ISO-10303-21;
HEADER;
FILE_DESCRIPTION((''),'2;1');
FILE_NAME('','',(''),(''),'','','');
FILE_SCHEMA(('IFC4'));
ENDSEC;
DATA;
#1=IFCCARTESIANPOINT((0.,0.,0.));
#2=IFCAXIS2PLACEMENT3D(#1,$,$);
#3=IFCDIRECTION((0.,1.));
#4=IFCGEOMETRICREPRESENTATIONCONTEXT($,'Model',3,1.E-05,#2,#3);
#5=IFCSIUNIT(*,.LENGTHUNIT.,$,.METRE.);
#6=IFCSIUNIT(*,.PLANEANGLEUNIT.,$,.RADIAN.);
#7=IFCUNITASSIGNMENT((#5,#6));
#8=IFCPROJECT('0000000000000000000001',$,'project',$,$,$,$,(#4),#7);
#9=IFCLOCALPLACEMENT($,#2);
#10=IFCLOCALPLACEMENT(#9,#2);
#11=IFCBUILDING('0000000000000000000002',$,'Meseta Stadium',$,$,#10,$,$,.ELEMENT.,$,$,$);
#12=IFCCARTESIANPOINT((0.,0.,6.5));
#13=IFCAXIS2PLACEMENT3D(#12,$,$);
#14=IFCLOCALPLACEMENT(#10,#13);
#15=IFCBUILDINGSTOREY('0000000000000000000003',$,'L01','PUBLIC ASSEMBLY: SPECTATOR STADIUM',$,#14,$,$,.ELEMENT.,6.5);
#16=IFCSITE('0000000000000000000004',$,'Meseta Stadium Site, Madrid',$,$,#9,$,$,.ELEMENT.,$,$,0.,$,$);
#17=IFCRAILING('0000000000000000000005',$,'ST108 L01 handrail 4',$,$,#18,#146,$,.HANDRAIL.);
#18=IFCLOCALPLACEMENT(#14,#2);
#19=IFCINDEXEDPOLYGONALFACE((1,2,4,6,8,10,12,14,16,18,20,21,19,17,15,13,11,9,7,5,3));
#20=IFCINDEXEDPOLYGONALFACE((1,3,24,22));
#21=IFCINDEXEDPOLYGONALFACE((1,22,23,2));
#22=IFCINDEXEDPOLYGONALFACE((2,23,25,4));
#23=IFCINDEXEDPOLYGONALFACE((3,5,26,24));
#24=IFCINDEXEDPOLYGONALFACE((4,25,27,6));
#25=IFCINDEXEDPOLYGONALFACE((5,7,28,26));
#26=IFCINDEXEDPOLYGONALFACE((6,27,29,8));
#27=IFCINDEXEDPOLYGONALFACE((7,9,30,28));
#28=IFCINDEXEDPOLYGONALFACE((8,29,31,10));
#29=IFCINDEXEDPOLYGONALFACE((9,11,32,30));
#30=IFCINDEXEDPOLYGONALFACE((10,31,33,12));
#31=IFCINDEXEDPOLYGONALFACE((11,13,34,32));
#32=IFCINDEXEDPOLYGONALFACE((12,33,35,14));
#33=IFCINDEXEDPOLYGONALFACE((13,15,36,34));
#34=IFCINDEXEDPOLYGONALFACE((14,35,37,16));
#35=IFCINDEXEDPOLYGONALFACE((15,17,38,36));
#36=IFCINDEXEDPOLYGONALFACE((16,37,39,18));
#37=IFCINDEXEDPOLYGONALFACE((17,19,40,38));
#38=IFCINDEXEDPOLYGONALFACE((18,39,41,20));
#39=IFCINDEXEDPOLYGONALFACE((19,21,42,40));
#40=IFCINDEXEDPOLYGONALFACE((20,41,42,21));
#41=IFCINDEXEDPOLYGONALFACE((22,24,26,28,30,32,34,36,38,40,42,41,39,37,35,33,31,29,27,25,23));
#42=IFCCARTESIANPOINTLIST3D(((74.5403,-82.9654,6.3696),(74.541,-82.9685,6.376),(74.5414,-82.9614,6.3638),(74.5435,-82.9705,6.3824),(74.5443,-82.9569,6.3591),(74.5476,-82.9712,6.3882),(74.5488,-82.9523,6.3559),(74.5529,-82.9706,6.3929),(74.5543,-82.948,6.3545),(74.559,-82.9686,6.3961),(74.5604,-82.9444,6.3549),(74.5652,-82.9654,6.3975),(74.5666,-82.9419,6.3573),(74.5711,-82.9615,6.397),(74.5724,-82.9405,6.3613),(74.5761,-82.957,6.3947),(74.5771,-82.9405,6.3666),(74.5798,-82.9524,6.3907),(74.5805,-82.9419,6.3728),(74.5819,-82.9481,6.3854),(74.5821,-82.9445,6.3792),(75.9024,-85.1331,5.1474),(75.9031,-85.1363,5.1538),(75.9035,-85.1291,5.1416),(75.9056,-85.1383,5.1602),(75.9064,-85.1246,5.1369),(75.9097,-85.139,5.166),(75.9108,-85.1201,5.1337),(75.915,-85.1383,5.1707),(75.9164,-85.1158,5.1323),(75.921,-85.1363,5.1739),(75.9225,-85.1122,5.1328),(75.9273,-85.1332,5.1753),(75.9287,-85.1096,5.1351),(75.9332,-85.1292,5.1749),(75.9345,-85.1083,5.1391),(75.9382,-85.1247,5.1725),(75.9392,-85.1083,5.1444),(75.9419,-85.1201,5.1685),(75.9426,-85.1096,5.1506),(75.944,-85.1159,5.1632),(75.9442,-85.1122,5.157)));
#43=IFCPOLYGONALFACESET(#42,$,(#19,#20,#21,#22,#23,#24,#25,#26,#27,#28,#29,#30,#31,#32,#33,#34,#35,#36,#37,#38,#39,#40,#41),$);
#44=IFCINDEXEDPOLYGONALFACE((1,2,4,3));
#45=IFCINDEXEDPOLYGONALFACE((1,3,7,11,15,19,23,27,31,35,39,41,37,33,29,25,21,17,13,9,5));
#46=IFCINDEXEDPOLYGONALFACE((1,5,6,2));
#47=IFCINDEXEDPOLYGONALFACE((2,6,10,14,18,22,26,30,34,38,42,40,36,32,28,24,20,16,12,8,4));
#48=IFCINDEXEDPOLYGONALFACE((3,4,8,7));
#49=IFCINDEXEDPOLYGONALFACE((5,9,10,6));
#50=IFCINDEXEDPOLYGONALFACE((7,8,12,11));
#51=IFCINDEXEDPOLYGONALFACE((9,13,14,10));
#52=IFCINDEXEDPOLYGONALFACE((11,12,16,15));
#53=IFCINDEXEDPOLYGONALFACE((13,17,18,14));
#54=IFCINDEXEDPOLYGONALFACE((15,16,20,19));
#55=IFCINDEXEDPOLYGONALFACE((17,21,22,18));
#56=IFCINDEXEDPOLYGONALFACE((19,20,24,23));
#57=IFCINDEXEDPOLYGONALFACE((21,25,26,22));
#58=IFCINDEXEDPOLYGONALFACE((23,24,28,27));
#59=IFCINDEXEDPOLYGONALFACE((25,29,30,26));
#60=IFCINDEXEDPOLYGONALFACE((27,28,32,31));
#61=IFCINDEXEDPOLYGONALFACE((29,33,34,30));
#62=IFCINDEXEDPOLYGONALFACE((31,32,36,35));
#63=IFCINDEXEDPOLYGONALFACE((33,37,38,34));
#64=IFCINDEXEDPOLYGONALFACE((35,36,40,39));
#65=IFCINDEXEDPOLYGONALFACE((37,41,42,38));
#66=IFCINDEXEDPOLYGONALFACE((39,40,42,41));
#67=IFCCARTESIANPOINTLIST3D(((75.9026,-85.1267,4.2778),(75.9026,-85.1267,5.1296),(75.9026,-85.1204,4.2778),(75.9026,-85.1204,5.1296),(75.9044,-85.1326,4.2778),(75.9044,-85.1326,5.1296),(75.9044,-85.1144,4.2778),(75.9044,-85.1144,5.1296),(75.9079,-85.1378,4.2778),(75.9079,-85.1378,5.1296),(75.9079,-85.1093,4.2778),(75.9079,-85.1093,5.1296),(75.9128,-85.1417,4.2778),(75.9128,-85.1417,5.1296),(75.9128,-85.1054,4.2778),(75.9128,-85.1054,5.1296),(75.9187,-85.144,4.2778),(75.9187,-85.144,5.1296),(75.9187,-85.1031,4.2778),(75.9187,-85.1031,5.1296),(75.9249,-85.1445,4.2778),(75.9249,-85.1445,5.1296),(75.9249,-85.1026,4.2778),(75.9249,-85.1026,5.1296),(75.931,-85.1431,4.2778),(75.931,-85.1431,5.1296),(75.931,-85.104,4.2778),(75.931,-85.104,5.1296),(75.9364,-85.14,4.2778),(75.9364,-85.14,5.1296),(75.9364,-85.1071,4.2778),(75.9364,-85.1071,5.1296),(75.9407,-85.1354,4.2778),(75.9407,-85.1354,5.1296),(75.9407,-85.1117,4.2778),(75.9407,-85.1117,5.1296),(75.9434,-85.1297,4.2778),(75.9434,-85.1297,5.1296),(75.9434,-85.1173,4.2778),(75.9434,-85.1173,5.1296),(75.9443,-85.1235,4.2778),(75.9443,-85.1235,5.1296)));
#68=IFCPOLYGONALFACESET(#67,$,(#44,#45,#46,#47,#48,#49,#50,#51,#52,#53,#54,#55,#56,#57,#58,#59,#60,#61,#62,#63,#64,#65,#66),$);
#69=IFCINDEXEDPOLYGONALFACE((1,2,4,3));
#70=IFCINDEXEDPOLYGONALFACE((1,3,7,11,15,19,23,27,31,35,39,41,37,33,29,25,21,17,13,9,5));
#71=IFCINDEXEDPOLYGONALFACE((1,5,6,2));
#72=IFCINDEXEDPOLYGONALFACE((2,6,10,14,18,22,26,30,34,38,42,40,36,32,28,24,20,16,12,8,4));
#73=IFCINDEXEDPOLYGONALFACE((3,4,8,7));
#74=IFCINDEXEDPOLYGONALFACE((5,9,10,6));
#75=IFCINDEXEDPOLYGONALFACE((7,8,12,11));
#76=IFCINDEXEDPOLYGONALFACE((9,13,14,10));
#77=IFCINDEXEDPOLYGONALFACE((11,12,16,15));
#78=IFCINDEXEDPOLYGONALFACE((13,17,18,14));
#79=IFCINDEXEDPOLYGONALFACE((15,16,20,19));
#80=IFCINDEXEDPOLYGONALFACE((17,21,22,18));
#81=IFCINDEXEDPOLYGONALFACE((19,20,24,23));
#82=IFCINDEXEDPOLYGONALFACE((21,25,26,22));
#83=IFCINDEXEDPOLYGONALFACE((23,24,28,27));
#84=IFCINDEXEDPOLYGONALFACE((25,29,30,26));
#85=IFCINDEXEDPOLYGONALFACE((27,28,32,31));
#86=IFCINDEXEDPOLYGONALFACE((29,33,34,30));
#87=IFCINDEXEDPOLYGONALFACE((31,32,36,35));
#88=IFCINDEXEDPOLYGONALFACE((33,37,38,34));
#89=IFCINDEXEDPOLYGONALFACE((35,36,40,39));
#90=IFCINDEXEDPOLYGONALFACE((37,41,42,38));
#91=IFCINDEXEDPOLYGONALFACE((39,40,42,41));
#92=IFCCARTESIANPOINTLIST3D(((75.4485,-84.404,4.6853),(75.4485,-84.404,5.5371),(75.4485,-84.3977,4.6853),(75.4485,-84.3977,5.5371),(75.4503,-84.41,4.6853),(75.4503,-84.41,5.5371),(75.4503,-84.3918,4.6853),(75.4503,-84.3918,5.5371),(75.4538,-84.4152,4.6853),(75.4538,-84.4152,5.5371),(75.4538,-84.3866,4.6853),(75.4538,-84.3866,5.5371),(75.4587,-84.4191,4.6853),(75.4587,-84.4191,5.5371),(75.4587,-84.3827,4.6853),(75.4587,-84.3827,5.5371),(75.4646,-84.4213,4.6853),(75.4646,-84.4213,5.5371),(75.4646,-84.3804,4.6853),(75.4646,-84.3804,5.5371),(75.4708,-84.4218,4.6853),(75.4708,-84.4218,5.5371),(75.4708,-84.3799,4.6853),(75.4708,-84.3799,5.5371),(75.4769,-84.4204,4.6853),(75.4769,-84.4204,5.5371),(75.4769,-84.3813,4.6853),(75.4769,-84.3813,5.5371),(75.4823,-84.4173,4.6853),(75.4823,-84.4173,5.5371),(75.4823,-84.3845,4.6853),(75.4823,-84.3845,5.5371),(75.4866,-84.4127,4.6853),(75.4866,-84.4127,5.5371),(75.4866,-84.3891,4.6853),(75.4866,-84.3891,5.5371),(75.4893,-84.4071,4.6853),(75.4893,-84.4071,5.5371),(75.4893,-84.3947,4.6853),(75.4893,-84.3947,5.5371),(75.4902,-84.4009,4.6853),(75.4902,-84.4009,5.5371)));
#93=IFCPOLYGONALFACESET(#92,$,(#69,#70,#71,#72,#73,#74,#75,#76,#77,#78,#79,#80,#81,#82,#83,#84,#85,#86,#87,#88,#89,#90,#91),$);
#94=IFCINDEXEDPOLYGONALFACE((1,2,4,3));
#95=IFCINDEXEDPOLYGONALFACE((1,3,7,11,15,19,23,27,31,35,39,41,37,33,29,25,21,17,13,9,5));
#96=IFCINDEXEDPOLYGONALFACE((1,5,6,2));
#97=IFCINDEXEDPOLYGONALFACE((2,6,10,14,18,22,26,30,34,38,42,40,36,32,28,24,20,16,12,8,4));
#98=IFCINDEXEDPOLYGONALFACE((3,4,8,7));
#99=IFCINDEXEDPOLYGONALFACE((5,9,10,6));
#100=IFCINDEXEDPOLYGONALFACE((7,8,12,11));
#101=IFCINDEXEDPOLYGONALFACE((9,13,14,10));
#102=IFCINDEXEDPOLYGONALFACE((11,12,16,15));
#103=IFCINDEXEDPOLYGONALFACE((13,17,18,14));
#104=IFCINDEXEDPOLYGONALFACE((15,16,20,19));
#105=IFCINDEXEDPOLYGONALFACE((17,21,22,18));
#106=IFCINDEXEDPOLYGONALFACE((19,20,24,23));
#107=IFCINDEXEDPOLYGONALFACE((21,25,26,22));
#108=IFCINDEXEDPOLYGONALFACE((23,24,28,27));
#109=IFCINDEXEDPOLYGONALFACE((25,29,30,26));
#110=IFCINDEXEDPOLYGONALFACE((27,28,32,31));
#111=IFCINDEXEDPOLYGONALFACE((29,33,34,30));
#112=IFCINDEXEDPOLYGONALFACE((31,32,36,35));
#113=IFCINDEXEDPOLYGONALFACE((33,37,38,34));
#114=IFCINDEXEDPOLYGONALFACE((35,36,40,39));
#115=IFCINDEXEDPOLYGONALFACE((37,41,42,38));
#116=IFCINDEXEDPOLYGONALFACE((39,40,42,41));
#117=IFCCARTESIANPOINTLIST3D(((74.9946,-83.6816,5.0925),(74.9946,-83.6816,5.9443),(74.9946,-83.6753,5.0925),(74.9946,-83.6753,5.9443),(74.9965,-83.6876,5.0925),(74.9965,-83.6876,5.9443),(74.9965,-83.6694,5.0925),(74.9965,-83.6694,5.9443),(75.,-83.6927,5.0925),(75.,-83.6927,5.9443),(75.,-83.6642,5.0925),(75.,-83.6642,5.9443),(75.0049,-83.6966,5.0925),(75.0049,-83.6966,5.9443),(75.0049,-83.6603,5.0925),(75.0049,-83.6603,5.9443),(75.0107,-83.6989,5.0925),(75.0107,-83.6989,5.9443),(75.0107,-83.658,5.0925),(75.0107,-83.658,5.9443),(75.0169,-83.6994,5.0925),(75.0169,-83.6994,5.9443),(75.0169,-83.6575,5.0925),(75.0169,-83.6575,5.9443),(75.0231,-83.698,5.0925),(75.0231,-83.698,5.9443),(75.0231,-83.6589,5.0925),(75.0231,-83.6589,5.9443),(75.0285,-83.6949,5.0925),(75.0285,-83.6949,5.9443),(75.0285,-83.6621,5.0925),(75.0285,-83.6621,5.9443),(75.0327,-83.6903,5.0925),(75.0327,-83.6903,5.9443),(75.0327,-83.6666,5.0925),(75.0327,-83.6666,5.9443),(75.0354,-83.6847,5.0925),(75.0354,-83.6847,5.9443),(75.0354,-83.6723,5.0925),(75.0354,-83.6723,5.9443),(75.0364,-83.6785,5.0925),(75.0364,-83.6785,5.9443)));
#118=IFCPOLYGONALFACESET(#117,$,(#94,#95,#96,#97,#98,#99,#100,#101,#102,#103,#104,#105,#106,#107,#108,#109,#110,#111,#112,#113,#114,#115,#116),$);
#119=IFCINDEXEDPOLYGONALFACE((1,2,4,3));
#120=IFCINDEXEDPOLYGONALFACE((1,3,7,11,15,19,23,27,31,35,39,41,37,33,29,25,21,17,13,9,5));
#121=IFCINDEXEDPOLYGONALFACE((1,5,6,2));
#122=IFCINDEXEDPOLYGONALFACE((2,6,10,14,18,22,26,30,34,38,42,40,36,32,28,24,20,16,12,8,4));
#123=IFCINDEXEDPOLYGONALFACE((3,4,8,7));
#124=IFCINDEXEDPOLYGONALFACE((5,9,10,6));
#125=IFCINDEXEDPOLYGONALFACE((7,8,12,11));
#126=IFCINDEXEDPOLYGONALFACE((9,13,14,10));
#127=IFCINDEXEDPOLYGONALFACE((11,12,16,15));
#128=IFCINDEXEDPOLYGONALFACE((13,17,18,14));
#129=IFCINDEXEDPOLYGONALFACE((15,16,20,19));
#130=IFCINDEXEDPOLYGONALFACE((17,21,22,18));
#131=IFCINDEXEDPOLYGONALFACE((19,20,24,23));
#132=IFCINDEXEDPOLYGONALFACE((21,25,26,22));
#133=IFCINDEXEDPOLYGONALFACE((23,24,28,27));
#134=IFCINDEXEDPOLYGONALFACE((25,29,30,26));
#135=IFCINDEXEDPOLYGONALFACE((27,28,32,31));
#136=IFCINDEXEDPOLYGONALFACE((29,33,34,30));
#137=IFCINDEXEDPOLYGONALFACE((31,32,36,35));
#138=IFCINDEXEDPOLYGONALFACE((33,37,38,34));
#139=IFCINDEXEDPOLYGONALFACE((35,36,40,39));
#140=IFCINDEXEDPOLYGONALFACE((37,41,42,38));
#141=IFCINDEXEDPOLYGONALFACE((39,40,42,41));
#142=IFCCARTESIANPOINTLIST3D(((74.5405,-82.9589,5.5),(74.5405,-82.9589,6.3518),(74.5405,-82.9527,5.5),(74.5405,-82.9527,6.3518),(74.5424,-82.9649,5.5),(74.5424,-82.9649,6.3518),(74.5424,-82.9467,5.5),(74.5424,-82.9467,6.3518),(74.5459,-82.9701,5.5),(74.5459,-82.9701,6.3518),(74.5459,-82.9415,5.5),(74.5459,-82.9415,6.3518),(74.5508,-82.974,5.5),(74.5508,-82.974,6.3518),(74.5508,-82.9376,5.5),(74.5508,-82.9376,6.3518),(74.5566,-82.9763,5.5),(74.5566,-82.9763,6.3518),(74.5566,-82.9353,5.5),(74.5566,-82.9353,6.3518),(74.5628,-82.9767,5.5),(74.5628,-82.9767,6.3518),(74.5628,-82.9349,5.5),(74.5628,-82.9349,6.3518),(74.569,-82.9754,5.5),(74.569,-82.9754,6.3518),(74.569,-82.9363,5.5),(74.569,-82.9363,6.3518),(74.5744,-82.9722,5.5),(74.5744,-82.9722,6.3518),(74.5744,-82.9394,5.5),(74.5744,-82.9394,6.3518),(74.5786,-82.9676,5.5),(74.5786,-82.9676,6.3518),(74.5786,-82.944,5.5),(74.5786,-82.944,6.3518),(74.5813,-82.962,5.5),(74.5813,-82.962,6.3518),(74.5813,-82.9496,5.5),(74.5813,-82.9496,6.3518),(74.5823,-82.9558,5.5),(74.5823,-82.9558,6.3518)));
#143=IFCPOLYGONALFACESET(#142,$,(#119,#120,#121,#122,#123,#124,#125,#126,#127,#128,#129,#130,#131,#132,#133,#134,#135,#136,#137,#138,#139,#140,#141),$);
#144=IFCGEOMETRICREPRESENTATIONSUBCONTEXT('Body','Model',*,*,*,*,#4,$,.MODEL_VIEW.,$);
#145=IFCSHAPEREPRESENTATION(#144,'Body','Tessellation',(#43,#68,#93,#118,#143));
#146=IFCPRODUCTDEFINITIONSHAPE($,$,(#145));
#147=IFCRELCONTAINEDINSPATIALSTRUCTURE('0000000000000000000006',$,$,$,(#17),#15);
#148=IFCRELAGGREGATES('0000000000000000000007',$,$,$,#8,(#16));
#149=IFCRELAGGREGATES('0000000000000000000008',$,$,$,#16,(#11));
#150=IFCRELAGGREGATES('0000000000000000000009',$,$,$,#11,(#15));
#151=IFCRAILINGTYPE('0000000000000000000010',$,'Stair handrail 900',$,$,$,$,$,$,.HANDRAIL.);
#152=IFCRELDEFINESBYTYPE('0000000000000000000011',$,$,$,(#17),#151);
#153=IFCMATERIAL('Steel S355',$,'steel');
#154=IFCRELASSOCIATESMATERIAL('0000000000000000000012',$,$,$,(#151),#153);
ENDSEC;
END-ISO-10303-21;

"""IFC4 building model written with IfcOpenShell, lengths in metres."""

from ifc_helpers import new_model, si_unit, direction, frame, origin, origin_2d, place, context, subcontext, project, spatial, circle, extrude, material, type_object, element, save


model = new_model("IFC4")

# Units and contexts
model_context = context("Model", 3, precision=1e-05, world=origin(), true_north=direction((0.0, 1.0)))
body_context = subcontext(model_context, "Body", "Model", "MODEL_VIEW")
ifc_project = project(units=[si_unit("LENGTHUNIT", "METRE"), si_unit("PLANEANGLEUNIT", "RADIAN")], contexts=[model_context])

# Site, building, storey
site_placement = place(None, origin())
site = spatial("IfcSite", under=ifc_project, at=site_placement, Name="Meseta Stadium Site, Madrid", CompositionType="ELEMENT", RefElevation=0.0)
building_placement = place(site_placement, origin())
building = spatial("IfcBuilding", under=site, at=building_placement, Name="Meseta Stadium", CompositionType="ELEMENT")
storey_placement = place(building_placement, frame((0.0, 0.0, 6.5)))
storey = spatial("IfcBuildingStorey", under=building, at=storey_placement, Name="L01", Description="PUBLIC ASSEMBLY: SPECTATOR STADIUM", CompositionType="ELEMENT", Elevation=6.5)

# Railing
ifc_material_1 = material(Name="Steel S355", Category="steel")
railing_type_1 = type_object("IfcRailingType", Name="Stair handrail 900", PredefinedType="HANDRAIL", material=ifc_material_1)
for number, where, name in (
    (1, (75.9233, -85.1235, 4.2778), "ST108 L01 handrail 4"),
):
    element("IfcRailing", number, at=place(storey_placement, frame(where)), inside=storey, type_object=railing_type_1, Name=name, PredefinedType="HANDRAIL", context=body_context, shape_type="SweptSolid", body=[
        extrude(circle(Radius=0.0239, at=origin_2d()), frame((0.0, 0.0, 0.876), z_axis=(-0.480125, 0.764121, 0.430813), x_axis=(-0.846726, -0.532029, 0.0)), (0.0, 0.0, 1.0), 2.8369),
        extrude(circle(Radius=0.021, at=origin_2d()), origin(), (0.0, 0.0, 1.0), 0.8518),
        extrude(circle(Radius=0.021, at=origin_2d()), frame((-0.4541, 0.7227, 0.4075)), (0.0, 0.0, 1.0), 0.8518),
        extrude(circle(Radius=0.021, at=origin_2d()), frame((-0.908, 1.4451, 0.8147)), (0.0, 0.0, 1.0), 0.8518),
        extrude(circle(Radius=0.021, at=origin_2d()), frame((-1.3621, 2.1677, 1.2222)), (0.0, 0.0, 1.0), 0.8518),
    ])

save(model, "model.ifc")
